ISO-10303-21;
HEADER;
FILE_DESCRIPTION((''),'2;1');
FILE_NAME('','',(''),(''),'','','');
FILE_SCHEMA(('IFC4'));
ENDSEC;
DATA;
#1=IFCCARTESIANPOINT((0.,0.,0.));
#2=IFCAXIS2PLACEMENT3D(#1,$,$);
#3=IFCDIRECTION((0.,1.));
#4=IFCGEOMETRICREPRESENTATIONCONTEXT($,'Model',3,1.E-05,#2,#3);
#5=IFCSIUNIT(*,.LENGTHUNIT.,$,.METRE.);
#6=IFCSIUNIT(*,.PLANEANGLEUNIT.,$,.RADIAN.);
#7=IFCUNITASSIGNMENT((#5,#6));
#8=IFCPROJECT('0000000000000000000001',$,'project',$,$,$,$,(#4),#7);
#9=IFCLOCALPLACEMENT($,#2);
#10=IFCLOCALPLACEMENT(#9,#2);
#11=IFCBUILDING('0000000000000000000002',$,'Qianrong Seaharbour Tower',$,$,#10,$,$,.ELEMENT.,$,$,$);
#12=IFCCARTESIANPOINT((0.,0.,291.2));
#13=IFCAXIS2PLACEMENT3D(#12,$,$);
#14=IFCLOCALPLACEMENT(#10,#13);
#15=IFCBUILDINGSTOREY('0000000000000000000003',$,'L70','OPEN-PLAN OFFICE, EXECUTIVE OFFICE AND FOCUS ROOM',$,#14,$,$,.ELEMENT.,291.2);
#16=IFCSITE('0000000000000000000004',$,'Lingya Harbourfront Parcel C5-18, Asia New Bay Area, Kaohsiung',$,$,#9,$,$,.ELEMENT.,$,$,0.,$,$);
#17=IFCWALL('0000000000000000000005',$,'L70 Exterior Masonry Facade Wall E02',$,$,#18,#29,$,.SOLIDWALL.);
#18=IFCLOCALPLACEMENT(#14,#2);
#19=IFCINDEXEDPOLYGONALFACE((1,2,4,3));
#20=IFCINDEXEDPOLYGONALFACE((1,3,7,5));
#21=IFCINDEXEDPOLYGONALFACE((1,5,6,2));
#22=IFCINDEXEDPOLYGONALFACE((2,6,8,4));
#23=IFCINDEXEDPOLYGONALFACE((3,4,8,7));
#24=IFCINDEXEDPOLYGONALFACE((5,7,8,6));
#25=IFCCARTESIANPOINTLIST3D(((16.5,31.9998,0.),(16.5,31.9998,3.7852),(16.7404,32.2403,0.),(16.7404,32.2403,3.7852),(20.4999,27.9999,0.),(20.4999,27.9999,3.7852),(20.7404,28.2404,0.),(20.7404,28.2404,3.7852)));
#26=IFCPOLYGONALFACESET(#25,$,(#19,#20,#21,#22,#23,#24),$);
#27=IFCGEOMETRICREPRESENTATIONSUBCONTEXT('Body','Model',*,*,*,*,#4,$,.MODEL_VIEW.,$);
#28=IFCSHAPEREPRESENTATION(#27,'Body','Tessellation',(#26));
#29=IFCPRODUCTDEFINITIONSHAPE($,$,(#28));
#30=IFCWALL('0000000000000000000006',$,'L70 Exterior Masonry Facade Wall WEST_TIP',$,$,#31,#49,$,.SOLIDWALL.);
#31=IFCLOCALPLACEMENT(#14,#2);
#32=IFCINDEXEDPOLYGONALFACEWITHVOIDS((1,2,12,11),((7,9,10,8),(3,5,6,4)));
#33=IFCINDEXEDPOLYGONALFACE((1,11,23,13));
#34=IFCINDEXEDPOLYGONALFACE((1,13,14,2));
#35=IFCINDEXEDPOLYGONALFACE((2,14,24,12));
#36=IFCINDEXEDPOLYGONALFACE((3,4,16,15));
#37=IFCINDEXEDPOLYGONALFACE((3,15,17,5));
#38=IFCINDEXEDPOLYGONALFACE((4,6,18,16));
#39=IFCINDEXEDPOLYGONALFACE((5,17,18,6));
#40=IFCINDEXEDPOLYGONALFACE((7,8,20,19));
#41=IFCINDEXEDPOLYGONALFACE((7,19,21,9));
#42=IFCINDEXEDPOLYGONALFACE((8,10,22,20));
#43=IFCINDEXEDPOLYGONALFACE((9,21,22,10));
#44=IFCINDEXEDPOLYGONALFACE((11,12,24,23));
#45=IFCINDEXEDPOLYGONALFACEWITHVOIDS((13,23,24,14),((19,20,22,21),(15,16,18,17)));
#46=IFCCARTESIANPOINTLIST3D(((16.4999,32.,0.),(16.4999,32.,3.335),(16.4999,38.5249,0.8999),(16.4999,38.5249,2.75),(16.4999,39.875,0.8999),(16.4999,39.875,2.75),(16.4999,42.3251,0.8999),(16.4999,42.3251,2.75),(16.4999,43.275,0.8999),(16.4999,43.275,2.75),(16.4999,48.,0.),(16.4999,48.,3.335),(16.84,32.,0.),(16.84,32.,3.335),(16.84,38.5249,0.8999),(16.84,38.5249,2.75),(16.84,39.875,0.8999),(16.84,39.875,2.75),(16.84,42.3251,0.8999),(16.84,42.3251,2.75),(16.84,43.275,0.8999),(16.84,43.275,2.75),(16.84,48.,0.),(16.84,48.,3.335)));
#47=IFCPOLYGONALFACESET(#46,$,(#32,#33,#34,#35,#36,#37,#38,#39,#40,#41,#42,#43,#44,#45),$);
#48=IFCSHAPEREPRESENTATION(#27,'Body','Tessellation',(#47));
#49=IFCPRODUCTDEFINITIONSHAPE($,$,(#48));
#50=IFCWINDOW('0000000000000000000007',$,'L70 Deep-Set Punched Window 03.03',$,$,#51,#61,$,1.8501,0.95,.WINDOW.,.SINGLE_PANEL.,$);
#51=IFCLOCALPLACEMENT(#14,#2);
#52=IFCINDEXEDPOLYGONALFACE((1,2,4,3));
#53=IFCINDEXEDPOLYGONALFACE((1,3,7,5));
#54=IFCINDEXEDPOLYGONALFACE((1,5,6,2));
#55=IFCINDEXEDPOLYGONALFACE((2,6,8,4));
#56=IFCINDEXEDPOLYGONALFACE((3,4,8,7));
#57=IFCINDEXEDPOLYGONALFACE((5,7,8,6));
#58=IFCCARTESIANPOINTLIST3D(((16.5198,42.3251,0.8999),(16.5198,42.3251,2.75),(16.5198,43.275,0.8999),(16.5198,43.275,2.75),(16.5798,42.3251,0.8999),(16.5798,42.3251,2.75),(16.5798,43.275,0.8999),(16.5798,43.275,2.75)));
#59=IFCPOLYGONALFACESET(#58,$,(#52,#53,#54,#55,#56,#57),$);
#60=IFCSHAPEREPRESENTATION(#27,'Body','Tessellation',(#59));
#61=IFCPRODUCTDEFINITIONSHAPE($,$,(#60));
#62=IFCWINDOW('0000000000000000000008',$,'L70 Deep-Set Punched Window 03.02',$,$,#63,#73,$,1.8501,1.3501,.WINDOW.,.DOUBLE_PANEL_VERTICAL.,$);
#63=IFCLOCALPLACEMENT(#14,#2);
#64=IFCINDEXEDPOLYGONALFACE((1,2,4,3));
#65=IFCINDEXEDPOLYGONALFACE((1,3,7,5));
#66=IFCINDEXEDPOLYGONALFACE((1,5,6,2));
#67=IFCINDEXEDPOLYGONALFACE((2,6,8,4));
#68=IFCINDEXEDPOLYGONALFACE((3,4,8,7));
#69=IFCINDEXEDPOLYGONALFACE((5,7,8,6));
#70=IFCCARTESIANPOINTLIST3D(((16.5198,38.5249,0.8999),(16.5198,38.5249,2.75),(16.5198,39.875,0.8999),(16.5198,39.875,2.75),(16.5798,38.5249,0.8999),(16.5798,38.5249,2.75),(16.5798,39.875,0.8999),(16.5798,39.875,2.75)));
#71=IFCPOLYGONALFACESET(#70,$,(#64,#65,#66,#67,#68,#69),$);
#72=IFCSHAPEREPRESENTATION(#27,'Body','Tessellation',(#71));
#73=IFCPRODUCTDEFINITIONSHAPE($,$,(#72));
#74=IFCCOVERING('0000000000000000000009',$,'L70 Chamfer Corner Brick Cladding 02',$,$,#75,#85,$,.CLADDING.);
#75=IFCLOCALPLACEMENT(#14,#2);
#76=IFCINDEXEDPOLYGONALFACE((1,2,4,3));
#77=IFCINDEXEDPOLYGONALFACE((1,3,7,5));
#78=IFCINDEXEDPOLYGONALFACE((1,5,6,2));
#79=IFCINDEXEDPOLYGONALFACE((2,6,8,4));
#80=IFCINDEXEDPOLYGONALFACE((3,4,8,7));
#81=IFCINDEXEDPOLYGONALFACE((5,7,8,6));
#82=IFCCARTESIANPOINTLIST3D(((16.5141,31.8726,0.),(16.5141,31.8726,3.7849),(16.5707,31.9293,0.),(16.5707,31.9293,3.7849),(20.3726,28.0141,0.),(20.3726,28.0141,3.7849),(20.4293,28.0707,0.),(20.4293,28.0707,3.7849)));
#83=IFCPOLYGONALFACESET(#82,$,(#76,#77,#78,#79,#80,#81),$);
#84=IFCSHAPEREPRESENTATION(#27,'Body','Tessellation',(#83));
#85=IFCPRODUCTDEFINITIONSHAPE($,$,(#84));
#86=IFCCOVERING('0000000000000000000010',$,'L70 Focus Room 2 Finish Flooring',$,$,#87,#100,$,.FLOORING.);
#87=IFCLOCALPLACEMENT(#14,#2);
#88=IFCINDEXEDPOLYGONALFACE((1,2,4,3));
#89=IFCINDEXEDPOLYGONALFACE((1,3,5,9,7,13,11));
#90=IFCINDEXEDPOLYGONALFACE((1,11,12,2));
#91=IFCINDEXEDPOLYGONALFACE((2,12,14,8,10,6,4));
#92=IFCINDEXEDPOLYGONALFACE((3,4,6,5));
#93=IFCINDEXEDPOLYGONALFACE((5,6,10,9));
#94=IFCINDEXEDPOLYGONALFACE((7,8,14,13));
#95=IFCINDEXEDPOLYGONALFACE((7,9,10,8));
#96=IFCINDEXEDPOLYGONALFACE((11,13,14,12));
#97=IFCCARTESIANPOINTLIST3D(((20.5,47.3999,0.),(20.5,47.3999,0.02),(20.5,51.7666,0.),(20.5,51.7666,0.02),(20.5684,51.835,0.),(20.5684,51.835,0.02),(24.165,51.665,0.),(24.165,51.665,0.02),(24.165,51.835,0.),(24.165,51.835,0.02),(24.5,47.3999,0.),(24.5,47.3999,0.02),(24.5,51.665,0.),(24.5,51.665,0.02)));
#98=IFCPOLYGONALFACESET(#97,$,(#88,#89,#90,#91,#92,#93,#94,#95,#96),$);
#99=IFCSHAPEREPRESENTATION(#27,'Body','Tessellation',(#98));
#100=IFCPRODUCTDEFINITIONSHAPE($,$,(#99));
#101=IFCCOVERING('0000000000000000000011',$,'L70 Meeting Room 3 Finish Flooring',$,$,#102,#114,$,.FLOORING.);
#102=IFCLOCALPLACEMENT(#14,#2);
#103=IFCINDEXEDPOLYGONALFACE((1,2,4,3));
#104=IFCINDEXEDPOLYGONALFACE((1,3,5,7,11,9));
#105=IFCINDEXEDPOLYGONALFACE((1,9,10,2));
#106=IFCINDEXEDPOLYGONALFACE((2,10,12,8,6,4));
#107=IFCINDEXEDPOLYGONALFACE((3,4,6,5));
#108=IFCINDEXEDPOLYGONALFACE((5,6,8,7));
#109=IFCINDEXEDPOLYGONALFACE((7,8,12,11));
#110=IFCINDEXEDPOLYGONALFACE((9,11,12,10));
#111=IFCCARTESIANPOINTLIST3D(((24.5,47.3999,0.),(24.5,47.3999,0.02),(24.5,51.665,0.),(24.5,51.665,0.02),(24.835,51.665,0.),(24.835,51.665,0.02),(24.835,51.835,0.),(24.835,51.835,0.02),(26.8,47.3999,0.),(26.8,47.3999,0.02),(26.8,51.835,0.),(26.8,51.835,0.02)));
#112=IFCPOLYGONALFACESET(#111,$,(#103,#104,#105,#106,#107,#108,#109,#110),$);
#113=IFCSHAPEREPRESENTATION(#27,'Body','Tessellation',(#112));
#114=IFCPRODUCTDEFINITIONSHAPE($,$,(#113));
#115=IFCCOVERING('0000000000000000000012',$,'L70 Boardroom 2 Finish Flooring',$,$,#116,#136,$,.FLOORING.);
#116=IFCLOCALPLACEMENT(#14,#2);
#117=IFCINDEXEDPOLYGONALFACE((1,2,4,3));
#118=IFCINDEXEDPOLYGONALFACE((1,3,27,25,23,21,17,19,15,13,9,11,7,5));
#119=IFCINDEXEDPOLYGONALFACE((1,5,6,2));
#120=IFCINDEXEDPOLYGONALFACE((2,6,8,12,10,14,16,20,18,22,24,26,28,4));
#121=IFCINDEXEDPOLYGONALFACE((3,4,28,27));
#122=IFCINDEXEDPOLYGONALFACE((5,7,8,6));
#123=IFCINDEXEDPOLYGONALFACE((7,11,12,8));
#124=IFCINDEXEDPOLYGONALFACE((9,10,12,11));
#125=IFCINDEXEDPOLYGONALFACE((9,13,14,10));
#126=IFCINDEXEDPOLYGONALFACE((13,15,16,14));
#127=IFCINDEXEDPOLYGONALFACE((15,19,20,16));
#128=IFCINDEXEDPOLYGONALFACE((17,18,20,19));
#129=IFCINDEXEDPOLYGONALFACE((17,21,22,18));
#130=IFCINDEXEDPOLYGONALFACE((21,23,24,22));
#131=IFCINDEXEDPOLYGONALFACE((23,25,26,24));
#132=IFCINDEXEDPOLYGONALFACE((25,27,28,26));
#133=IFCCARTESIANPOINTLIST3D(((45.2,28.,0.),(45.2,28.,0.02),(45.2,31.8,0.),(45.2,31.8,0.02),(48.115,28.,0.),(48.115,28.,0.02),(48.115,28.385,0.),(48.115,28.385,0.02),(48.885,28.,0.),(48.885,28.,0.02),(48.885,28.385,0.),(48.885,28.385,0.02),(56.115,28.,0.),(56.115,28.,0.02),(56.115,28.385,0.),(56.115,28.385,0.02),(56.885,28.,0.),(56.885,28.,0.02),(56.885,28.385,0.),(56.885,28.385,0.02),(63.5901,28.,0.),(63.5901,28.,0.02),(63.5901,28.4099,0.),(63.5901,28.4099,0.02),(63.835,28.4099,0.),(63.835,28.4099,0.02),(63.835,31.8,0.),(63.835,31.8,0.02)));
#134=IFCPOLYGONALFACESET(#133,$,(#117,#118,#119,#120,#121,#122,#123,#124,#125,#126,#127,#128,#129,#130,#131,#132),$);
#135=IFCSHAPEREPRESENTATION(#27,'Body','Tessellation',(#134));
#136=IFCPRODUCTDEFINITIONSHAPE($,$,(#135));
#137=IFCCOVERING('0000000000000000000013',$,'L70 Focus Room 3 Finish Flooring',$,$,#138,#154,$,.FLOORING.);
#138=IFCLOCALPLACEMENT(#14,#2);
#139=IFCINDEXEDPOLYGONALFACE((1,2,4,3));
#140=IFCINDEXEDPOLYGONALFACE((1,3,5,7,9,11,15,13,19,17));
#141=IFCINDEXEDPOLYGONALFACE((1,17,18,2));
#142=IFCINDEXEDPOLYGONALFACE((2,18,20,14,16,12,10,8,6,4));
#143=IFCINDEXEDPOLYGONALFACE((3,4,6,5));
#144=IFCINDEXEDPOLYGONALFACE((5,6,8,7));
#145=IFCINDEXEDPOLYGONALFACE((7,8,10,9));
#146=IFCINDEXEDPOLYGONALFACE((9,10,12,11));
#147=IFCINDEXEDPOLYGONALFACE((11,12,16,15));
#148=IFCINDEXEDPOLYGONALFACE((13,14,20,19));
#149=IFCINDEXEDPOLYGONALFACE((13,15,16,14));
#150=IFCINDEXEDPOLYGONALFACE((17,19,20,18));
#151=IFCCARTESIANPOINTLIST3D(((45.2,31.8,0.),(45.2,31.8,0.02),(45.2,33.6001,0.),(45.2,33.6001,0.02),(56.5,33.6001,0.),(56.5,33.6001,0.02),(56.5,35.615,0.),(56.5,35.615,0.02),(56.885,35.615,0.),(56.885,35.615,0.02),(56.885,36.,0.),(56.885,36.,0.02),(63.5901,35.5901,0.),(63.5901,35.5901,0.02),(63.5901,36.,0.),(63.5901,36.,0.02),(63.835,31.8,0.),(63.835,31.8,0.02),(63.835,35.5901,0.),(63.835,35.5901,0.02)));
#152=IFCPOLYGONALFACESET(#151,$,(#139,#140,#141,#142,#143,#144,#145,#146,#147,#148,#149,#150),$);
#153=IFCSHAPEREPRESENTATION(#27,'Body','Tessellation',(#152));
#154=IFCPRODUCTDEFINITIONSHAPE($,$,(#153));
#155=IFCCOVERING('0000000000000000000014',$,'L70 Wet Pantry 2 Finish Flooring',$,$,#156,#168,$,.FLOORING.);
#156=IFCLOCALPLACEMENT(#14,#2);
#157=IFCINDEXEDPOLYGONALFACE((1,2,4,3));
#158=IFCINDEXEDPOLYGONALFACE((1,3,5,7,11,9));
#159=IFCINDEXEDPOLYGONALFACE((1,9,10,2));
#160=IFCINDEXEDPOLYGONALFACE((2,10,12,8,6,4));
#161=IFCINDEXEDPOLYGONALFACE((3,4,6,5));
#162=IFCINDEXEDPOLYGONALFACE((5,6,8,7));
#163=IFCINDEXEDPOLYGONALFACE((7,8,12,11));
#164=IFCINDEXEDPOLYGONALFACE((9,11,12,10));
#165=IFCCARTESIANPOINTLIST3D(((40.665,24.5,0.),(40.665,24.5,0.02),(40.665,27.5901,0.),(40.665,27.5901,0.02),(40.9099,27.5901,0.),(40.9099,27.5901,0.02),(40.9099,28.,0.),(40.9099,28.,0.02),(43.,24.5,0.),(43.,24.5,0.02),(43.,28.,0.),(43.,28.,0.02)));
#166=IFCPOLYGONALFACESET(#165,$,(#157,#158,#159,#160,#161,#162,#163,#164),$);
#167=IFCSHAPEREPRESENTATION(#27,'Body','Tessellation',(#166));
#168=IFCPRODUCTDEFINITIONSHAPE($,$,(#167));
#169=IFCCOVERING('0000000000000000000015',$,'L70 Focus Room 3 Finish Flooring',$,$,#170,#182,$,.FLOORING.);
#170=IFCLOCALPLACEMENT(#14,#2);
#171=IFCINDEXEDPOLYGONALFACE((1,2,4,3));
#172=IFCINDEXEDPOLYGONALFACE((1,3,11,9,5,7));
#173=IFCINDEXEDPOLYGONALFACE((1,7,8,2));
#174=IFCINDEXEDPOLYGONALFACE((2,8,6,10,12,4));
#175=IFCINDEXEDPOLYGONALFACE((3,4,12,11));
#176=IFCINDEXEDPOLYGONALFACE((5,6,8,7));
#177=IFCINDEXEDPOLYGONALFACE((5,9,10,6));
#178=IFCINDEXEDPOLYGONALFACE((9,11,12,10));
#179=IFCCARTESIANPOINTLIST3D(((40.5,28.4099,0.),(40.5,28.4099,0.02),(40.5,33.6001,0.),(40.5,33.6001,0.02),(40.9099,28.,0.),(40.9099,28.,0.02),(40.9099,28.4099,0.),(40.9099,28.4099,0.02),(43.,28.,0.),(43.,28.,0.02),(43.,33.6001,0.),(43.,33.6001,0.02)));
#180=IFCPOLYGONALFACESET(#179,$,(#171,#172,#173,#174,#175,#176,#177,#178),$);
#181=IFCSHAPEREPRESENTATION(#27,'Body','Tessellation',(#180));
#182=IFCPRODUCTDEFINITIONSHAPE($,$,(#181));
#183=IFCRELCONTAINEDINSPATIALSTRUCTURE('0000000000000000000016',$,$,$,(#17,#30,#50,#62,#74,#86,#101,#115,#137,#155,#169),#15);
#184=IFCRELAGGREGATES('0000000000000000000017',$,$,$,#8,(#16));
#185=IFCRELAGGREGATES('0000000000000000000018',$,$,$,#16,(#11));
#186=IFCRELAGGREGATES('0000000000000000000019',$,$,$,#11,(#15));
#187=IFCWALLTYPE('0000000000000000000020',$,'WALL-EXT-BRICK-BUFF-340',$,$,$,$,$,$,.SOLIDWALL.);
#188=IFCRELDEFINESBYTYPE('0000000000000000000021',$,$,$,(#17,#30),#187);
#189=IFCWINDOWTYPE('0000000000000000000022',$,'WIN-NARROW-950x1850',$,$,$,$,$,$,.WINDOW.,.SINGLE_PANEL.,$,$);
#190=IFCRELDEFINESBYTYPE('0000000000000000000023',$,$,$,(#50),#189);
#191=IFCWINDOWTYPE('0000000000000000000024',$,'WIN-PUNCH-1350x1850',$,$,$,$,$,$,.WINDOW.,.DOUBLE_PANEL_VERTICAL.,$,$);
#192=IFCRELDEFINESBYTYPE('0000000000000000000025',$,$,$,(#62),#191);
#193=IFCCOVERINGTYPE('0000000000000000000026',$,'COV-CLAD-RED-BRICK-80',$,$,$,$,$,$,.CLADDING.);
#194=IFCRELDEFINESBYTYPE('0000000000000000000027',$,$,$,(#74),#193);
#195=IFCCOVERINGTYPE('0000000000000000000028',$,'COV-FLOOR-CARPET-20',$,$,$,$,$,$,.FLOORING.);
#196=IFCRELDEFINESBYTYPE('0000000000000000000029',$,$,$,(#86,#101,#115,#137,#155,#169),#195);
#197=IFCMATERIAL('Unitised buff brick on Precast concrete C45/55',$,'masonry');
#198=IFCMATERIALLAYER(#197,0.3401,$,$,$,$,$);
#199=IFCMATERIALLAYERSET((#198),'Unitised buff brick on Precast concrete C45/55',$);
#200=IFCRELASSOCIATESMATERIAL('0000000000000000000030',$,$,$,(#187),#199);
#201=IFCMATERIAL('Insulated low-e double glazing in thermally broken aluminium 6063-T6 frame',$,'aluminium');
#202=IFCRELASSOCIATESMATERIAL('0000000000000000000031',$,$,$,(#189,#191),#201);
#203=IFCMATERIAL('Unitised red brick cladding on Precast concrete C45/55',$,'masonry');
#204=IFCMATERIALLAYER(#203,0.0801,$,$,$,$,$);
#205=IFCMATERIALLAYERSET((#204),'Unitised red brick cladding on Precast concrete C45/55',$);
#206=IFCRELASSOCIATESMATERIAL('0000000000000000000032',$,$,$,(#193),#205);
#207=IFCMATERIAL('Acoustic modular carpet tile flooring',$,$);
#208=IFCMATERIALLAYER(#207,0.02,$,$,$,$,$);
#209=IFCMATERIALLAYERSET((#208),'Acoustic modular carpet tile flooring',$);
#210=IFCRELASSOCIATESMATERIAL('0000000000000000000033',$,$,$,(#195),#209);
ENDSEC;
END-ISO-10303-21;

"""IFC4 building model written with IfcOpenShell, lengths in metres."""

from ifc_helpers import new_model, si_unit, direction, frame, frame_2d, origin, origin_2d, place, context, subcontext, project, spatial, polyline, rectangle, outline, extrude, material, layer, layer_set, type_object, element, fill, save


model = new_model("IFC4")

# Units and contexts
model_context = context("Model", 3, precision=1e-05, world=origin(), true_north=direction((0.0, 1.0)))
body_context = subcontext(model_context, "Body", "Model", "MODEL_VIEW")
ifc_project = project(units=[si_unit("LENGTHUNIT", "METRE"), si_unit("PLANEANGLEUNIT", "RADIAN")], contexts=[model_context])

# Site, building, storey
site_placement = place(None, origin())
site = spatial("IfcSite", under=ifc_project, at=site_placement, Name="Lingya Harbourfront Parcel C5-18, Asia New Bay Area, Kaohsiung", CompositionType="ELEMENT", RefElevation=0.0)
building_placement = place(site_placement, origin())
building = spatial("IfcBuilding", under=site, at=building_placement, Name="Qianrong Seaharbour Tower", CompositionType="ELEMENT")
storey_placement = place(building_placement, frame((0.0, 0.0, 291.2)))
storey = spatial("IfcBuildingStorey", under=building, at=storey_placement, Name="L70", Description="OPEN-PLAN OFFICE, EXECUTIVE OFFICE AND FOCUS ROOM", CompositionType="ELEMENT", Elevation=291.2)

# Wall
ifc_material_1 = material(Name="Unitised buff brick on Precast concrete C45/55", Category="masonry")
ifc_layer_1 = layer(ifc_material_1, 0.3401)
ifc_layer_set_1 = layer_set([ifc_layer_1], Name="Unitised buff brick on Precast concrete C45/55")
wall_type = type_object("IfcWallType", Name="WALL-EXT-BRICK-BUFF-340", PredefinedType="SOLIDWALL", material=ifc_layer_set_1)
wall_1_placement = place(storey_placement, frame((20.6201, 28.1201, 0.0), z_axis=(0.0, 0.0, 1.0), x_axis=(-0.707107, 0.707107, 0.0)))
element("IfcWall", 1, at=wall_1_placement, inside=storey, type_object=wall_type, Name="L70 Exterior Masonry Facade Wall E02", PredefinedType="SOLIDWALL", context=body_context, shape_type="SweptSolid", body=[
    extrude(rectangle(XDim=5.6567, YDim=0.3401, at=frame_2d((2.8284, 0.0))), origin(), (0.0, 0.0, 1.0), 3.7852),
])

# Wall, openings, windows
wall_2_placement = place(storey_placement, frame((16.6699, 32.0, 0.0), z_axis=(0.0, 0.0, 1.0), x_axis=(0.0, 1.0, 0.0)))
wall_2 = element("IfcWall", 2, at=wall_2_placement, inside=storey, type_object=wall_type, Name="L70 Exterior Masonry Facade Wall WEST_TIP", PredefinedType="SOLIDWALL", context=body_context, shape_type="SweptSolid", body=[
    extrude(rectangle(XDim=16.0, YDim=0.3401, at=frame_2d((8.0, 0.0))), origin(), (0.0, 0.0, 1.0), 3.335),
])
opening_1_placement = place(wall_2_placement, frame((6.5249, 0.0, 0.8999)))
opening_1 = element("IfcOpeningElement", 3, at=opening_1_placement, cuts=wall_2, PredefinedType="OPENING", context=body_context, shape_type="SweptSolid", body=[
    extrude(rectangle(XDim=1.3501, YDim=1.8501, at=frame_2d((0.675, 0.925))), frame((0.0, 0.1802, 0.0), z_axis=(0.0, -1.0, 0.0), x_axis=(1.0, 0.0, 0.0)), (0.0, 0.0, 1.0), 0.3601),
])
opening_2_placement = place(wall_2_placement, frame((10.325, 0.0, 0.8999)))
opening_2 = element("IfcOpeningElement", 4, at=opening_2_placement, cuts=wall_2, PredefinedType="OPENING", context=body_context, shape_type="SweptSolid", body=[
    extrude(rectangle(XDim=0.95, YDim=1.8501, at=frame_2d((0.4751, 0.925))), frame((0.0, 0.1802, 0.0), z_axis=(0.0, -1.0, 0.0), x_axis=(1.0, 0.0, 0.0)), (0.0, 0.0, 1.0), 0.3601),
])
ifc_material_2 = material(Name="Insulated low-e double glazing in thermally broken aluminium 6063-T6 frame", Category="aluminium")
window_type_1 = type_object("IfcWindowType", Name="WIN-NARROW-950x1850", PartitioningType="SINGLE_PANEL", PredefinedType="WINDOW", material=ifc_material_2)
window_1_placement = place(opening_2_placement, origin())
window_1 = element("IfcWindow", 5, at=window_1_placement, inside=storey, type_object=window_type_1, Name="L70 Deep-Set Punched Window 03.03", OverallHeight=1.8501, OverallWidth=0.95, PartitioningType="SINGLE_PANEL", PredefinedType="WINDOW", context=body_context, shape_type="SweptSolid", body=[
    extrude(rectangle(XDim=0.95, YDim=1.8501, at=frame_2d((0.4751, 0.925))), frame((0.0, 0.1501, 0.0), z_axis=(0.0, -1.0, 0.0), x_axis=(1.0, 0.0, 0.0)), (0.0, 0.0, 1.0), 0.0601),
])
fill(opening_2, window_1)
window_type_2 = type_object("IfcWindowType", Name="WIN-PUNCH-1350x1850", PartitioningType="DOUBLE_PANEL_VERTICAL", PredefinedType="WINDOW", material=ifc_material_2)
window_2_placement = place(opening_1_placement, origin())
window_2 = element("IfcWindow", 6, at=window_2_placement, inside=storey, type_object=window_type_2, Name="L70 Deep-Set Punched Window 03.02", OverallHeight=1.8501, OverallWidth=1.3501, PartitioningType="DOUBLE_PANEL_VERTICAL", PredefinedType="WINDOW", context=body_context, shape_type="SweptSolid", body=[
    extrude(rectangle(XDim=1.3501, YDim=1.8501, at=frame_2d((0.675, 0.925))), frame((0.0, 0.1501, 0.0), z_axis=(0.0, -1.0, 0.0), x_axis=(1.0, 0.0, 0.0)), (0.0, 0.0, 1.0), 0.0601),
])
fill(opening_1, window_2)

# Coverings
ifc_material_3 = material(Name="Unitised red brick cladding on Precast concrete C45/55", Category="masonry")
ifc_layer_2 = layer(ifc_material_3, 0.0801)
ifc_layer_set_2 = layer_set([ifc_layer_2], Name="Unitised red brick cladding on Precast concrete C45/55")
covering_type_1 = type_object("IfcCoveringType", Name="COV-CLAD-RED-BRICK-80", PredefinedType="CLADDING", material=ifc_layer_set_2)
covering_1_placement = place(storey_placement, frame((18.4717, 29.9717, 0.0), z_axis=(0.0, 0.0, 1.0), x_axis=(-0.707107, 0.707107, 0.0)))
element("IfcCovering", 7, at=covering_1_placement, inside=storey, type_object=covering_type_1, Name="L70 Chamfer Corner Brick Cladding 02", PredefinedType="CLADDING", context=body_context, shape_type="SweptSolid", body=[
    extrude(rectangle(XDim=5.4568, YDim=0.0801, at=origin_2d()), origin(), (0.0, 0.0, 1.0), 3.7849),
])
ifc_material_4 = material(Name="Acoustic modular carpet tile flooring")
ifc_layer_3 = layer(ifc_material_4, 0.02)
ifc_layer_set_3 = layer_set([ifc_layer_3], Name="Acoustic modular carpet tile flooring")
covering_type_2 = type_object("IfcCoveringType", Name="COV-FLOOR-CARPET-20", PredefinedType="FLOORING", material=ifc_layer_set_3)
covering_2_placement = place(storey_placement, origin())
element("IfcCovering", 8, at=covering_2_placement, inside=storey, type_object=covering_type_2, Name="L70 Focus Room 2 Finish Flooring", PredefinedType="FLOORING", context=body_context, shape_type="SweptSolid", body=[
    extrude(outline(polyline([(20.5, 51.7666), (20.5684, 51.835), (24.165, 51.835), (24.165, 51.665), (24.5, 51.665), (24.5, 47.3999), (20.5, 47.3999), (20.5, 51.7666)])), origin(), (0.0, 0.0, 1.0), 0.02),
])
covering_3_placement = place(storey_placement, origin())
element("IfcCovering", 9, at=covering_3_placement, inside=storey, type_object=covering_type_2, Name="L70 Meeting Room 3 Finish Flooring", PredefinedType="FLOORING", context=body_context, shape_type="SweptSolid", body=[
    extrude(outline(polyline([(24.5, 51.665), (24.835, 51.665), (24.835, 51.835), (26.8, 51.835), (26.8, 47.3999), (24.5, 47.3999), (24.5, 51.665)])), origin(), (0.0, 0.0, 1.0), 0.02),
])
covering_4_placement = place(storey_placement, origin())
element("IfcCovering", 10, at=covering_4_placement, inside=storey, type_object=covering_type_2, Name="L70 Boardroom 2 Finish Flooring", PredefinedType="FLOORING", context=body_context, shape_type="SweptSolid", body=[
    extrude(outline(polyline([(63.835, 31.8), (63.835, 28.4099), (63.5901, 28.4099), (63.5901, 28.0), (56.885, 28.0), (56.885, 28.385), (56.115, 28.385), (56.115, 28.0), (48.885, 28.0), (48.885, 28.385), (48.115, 28.385), (48.115, 28.0), (45.2, 28.0), (45.2, 31.8), (63.835, 31.8)])), origin(), (0.0, 0.0, 1.0), 0.02),
])
covering_5_placement = place(storey_placement, origin())
element("IfcCovering", 11, at=covering_5_placement, inside=storey, type_object=covering_type_2, Name="L70 Focus Room 3 Finish Flooring", PredefinedType="FLOORING", context=body_context, shape_type="SweptSolid", body=[
    extrude(outline(polyline([(56.5, 33.6001), (56.5, 35.615), (56.885, 35.615), (56.885, 36.0), (63.5901, 36.0), (63.5901, 35.5901), (63.835, 35.5901), (63.835, 31.8), (45.2, 31.8), (45.2, 33.6001), (56.5, 33.6001)])), origin(), (0.0, 0.0, 1.0), 0.02),
])
covering_6_placement = place(storey_placement, origin())
element("IfcCovering", 12, at=covering_6_placement, inside=storey, type_object=covering_type_2, Name="L70 Wet Pantry 2 Finish Flooring", PredefinedType="FLOORING", context=body_context, shape_type="SweptSolid", body=[
    extrude(outline(polyline([(40.665, 24.5), (40.665, 27.5901), (40.9099, 27.5901), (40.9099, 28.0), (43.0, 28.0), (43.0, 24.5), (40.665, 24.5)])), origin(), (0.0, 0.0, 1.0), 0.02),
])
covering_7_placement = place(storey_placement, origin())
element("IfcCovering", 13, at=covering_7_placement, inside=storey, type_object=covering_type_2, Name="L70 Focus Room 3 Finish Flooring", PredefinedType="FLOORING", context=body_context, shape_type="SweptSolid", body=[
    extrude(outline(polyline([(43.0, 28.0), (40.9099, 28.0), (40.9099, 28.4099), (40.5, 28.4099), (40.5, 33.6001), (43.0, 33.6001), (43.0, 28.0)])), origin(), (0.0, 0.0, 1.0), 0.02),
])

save(model, "model.ifc")
